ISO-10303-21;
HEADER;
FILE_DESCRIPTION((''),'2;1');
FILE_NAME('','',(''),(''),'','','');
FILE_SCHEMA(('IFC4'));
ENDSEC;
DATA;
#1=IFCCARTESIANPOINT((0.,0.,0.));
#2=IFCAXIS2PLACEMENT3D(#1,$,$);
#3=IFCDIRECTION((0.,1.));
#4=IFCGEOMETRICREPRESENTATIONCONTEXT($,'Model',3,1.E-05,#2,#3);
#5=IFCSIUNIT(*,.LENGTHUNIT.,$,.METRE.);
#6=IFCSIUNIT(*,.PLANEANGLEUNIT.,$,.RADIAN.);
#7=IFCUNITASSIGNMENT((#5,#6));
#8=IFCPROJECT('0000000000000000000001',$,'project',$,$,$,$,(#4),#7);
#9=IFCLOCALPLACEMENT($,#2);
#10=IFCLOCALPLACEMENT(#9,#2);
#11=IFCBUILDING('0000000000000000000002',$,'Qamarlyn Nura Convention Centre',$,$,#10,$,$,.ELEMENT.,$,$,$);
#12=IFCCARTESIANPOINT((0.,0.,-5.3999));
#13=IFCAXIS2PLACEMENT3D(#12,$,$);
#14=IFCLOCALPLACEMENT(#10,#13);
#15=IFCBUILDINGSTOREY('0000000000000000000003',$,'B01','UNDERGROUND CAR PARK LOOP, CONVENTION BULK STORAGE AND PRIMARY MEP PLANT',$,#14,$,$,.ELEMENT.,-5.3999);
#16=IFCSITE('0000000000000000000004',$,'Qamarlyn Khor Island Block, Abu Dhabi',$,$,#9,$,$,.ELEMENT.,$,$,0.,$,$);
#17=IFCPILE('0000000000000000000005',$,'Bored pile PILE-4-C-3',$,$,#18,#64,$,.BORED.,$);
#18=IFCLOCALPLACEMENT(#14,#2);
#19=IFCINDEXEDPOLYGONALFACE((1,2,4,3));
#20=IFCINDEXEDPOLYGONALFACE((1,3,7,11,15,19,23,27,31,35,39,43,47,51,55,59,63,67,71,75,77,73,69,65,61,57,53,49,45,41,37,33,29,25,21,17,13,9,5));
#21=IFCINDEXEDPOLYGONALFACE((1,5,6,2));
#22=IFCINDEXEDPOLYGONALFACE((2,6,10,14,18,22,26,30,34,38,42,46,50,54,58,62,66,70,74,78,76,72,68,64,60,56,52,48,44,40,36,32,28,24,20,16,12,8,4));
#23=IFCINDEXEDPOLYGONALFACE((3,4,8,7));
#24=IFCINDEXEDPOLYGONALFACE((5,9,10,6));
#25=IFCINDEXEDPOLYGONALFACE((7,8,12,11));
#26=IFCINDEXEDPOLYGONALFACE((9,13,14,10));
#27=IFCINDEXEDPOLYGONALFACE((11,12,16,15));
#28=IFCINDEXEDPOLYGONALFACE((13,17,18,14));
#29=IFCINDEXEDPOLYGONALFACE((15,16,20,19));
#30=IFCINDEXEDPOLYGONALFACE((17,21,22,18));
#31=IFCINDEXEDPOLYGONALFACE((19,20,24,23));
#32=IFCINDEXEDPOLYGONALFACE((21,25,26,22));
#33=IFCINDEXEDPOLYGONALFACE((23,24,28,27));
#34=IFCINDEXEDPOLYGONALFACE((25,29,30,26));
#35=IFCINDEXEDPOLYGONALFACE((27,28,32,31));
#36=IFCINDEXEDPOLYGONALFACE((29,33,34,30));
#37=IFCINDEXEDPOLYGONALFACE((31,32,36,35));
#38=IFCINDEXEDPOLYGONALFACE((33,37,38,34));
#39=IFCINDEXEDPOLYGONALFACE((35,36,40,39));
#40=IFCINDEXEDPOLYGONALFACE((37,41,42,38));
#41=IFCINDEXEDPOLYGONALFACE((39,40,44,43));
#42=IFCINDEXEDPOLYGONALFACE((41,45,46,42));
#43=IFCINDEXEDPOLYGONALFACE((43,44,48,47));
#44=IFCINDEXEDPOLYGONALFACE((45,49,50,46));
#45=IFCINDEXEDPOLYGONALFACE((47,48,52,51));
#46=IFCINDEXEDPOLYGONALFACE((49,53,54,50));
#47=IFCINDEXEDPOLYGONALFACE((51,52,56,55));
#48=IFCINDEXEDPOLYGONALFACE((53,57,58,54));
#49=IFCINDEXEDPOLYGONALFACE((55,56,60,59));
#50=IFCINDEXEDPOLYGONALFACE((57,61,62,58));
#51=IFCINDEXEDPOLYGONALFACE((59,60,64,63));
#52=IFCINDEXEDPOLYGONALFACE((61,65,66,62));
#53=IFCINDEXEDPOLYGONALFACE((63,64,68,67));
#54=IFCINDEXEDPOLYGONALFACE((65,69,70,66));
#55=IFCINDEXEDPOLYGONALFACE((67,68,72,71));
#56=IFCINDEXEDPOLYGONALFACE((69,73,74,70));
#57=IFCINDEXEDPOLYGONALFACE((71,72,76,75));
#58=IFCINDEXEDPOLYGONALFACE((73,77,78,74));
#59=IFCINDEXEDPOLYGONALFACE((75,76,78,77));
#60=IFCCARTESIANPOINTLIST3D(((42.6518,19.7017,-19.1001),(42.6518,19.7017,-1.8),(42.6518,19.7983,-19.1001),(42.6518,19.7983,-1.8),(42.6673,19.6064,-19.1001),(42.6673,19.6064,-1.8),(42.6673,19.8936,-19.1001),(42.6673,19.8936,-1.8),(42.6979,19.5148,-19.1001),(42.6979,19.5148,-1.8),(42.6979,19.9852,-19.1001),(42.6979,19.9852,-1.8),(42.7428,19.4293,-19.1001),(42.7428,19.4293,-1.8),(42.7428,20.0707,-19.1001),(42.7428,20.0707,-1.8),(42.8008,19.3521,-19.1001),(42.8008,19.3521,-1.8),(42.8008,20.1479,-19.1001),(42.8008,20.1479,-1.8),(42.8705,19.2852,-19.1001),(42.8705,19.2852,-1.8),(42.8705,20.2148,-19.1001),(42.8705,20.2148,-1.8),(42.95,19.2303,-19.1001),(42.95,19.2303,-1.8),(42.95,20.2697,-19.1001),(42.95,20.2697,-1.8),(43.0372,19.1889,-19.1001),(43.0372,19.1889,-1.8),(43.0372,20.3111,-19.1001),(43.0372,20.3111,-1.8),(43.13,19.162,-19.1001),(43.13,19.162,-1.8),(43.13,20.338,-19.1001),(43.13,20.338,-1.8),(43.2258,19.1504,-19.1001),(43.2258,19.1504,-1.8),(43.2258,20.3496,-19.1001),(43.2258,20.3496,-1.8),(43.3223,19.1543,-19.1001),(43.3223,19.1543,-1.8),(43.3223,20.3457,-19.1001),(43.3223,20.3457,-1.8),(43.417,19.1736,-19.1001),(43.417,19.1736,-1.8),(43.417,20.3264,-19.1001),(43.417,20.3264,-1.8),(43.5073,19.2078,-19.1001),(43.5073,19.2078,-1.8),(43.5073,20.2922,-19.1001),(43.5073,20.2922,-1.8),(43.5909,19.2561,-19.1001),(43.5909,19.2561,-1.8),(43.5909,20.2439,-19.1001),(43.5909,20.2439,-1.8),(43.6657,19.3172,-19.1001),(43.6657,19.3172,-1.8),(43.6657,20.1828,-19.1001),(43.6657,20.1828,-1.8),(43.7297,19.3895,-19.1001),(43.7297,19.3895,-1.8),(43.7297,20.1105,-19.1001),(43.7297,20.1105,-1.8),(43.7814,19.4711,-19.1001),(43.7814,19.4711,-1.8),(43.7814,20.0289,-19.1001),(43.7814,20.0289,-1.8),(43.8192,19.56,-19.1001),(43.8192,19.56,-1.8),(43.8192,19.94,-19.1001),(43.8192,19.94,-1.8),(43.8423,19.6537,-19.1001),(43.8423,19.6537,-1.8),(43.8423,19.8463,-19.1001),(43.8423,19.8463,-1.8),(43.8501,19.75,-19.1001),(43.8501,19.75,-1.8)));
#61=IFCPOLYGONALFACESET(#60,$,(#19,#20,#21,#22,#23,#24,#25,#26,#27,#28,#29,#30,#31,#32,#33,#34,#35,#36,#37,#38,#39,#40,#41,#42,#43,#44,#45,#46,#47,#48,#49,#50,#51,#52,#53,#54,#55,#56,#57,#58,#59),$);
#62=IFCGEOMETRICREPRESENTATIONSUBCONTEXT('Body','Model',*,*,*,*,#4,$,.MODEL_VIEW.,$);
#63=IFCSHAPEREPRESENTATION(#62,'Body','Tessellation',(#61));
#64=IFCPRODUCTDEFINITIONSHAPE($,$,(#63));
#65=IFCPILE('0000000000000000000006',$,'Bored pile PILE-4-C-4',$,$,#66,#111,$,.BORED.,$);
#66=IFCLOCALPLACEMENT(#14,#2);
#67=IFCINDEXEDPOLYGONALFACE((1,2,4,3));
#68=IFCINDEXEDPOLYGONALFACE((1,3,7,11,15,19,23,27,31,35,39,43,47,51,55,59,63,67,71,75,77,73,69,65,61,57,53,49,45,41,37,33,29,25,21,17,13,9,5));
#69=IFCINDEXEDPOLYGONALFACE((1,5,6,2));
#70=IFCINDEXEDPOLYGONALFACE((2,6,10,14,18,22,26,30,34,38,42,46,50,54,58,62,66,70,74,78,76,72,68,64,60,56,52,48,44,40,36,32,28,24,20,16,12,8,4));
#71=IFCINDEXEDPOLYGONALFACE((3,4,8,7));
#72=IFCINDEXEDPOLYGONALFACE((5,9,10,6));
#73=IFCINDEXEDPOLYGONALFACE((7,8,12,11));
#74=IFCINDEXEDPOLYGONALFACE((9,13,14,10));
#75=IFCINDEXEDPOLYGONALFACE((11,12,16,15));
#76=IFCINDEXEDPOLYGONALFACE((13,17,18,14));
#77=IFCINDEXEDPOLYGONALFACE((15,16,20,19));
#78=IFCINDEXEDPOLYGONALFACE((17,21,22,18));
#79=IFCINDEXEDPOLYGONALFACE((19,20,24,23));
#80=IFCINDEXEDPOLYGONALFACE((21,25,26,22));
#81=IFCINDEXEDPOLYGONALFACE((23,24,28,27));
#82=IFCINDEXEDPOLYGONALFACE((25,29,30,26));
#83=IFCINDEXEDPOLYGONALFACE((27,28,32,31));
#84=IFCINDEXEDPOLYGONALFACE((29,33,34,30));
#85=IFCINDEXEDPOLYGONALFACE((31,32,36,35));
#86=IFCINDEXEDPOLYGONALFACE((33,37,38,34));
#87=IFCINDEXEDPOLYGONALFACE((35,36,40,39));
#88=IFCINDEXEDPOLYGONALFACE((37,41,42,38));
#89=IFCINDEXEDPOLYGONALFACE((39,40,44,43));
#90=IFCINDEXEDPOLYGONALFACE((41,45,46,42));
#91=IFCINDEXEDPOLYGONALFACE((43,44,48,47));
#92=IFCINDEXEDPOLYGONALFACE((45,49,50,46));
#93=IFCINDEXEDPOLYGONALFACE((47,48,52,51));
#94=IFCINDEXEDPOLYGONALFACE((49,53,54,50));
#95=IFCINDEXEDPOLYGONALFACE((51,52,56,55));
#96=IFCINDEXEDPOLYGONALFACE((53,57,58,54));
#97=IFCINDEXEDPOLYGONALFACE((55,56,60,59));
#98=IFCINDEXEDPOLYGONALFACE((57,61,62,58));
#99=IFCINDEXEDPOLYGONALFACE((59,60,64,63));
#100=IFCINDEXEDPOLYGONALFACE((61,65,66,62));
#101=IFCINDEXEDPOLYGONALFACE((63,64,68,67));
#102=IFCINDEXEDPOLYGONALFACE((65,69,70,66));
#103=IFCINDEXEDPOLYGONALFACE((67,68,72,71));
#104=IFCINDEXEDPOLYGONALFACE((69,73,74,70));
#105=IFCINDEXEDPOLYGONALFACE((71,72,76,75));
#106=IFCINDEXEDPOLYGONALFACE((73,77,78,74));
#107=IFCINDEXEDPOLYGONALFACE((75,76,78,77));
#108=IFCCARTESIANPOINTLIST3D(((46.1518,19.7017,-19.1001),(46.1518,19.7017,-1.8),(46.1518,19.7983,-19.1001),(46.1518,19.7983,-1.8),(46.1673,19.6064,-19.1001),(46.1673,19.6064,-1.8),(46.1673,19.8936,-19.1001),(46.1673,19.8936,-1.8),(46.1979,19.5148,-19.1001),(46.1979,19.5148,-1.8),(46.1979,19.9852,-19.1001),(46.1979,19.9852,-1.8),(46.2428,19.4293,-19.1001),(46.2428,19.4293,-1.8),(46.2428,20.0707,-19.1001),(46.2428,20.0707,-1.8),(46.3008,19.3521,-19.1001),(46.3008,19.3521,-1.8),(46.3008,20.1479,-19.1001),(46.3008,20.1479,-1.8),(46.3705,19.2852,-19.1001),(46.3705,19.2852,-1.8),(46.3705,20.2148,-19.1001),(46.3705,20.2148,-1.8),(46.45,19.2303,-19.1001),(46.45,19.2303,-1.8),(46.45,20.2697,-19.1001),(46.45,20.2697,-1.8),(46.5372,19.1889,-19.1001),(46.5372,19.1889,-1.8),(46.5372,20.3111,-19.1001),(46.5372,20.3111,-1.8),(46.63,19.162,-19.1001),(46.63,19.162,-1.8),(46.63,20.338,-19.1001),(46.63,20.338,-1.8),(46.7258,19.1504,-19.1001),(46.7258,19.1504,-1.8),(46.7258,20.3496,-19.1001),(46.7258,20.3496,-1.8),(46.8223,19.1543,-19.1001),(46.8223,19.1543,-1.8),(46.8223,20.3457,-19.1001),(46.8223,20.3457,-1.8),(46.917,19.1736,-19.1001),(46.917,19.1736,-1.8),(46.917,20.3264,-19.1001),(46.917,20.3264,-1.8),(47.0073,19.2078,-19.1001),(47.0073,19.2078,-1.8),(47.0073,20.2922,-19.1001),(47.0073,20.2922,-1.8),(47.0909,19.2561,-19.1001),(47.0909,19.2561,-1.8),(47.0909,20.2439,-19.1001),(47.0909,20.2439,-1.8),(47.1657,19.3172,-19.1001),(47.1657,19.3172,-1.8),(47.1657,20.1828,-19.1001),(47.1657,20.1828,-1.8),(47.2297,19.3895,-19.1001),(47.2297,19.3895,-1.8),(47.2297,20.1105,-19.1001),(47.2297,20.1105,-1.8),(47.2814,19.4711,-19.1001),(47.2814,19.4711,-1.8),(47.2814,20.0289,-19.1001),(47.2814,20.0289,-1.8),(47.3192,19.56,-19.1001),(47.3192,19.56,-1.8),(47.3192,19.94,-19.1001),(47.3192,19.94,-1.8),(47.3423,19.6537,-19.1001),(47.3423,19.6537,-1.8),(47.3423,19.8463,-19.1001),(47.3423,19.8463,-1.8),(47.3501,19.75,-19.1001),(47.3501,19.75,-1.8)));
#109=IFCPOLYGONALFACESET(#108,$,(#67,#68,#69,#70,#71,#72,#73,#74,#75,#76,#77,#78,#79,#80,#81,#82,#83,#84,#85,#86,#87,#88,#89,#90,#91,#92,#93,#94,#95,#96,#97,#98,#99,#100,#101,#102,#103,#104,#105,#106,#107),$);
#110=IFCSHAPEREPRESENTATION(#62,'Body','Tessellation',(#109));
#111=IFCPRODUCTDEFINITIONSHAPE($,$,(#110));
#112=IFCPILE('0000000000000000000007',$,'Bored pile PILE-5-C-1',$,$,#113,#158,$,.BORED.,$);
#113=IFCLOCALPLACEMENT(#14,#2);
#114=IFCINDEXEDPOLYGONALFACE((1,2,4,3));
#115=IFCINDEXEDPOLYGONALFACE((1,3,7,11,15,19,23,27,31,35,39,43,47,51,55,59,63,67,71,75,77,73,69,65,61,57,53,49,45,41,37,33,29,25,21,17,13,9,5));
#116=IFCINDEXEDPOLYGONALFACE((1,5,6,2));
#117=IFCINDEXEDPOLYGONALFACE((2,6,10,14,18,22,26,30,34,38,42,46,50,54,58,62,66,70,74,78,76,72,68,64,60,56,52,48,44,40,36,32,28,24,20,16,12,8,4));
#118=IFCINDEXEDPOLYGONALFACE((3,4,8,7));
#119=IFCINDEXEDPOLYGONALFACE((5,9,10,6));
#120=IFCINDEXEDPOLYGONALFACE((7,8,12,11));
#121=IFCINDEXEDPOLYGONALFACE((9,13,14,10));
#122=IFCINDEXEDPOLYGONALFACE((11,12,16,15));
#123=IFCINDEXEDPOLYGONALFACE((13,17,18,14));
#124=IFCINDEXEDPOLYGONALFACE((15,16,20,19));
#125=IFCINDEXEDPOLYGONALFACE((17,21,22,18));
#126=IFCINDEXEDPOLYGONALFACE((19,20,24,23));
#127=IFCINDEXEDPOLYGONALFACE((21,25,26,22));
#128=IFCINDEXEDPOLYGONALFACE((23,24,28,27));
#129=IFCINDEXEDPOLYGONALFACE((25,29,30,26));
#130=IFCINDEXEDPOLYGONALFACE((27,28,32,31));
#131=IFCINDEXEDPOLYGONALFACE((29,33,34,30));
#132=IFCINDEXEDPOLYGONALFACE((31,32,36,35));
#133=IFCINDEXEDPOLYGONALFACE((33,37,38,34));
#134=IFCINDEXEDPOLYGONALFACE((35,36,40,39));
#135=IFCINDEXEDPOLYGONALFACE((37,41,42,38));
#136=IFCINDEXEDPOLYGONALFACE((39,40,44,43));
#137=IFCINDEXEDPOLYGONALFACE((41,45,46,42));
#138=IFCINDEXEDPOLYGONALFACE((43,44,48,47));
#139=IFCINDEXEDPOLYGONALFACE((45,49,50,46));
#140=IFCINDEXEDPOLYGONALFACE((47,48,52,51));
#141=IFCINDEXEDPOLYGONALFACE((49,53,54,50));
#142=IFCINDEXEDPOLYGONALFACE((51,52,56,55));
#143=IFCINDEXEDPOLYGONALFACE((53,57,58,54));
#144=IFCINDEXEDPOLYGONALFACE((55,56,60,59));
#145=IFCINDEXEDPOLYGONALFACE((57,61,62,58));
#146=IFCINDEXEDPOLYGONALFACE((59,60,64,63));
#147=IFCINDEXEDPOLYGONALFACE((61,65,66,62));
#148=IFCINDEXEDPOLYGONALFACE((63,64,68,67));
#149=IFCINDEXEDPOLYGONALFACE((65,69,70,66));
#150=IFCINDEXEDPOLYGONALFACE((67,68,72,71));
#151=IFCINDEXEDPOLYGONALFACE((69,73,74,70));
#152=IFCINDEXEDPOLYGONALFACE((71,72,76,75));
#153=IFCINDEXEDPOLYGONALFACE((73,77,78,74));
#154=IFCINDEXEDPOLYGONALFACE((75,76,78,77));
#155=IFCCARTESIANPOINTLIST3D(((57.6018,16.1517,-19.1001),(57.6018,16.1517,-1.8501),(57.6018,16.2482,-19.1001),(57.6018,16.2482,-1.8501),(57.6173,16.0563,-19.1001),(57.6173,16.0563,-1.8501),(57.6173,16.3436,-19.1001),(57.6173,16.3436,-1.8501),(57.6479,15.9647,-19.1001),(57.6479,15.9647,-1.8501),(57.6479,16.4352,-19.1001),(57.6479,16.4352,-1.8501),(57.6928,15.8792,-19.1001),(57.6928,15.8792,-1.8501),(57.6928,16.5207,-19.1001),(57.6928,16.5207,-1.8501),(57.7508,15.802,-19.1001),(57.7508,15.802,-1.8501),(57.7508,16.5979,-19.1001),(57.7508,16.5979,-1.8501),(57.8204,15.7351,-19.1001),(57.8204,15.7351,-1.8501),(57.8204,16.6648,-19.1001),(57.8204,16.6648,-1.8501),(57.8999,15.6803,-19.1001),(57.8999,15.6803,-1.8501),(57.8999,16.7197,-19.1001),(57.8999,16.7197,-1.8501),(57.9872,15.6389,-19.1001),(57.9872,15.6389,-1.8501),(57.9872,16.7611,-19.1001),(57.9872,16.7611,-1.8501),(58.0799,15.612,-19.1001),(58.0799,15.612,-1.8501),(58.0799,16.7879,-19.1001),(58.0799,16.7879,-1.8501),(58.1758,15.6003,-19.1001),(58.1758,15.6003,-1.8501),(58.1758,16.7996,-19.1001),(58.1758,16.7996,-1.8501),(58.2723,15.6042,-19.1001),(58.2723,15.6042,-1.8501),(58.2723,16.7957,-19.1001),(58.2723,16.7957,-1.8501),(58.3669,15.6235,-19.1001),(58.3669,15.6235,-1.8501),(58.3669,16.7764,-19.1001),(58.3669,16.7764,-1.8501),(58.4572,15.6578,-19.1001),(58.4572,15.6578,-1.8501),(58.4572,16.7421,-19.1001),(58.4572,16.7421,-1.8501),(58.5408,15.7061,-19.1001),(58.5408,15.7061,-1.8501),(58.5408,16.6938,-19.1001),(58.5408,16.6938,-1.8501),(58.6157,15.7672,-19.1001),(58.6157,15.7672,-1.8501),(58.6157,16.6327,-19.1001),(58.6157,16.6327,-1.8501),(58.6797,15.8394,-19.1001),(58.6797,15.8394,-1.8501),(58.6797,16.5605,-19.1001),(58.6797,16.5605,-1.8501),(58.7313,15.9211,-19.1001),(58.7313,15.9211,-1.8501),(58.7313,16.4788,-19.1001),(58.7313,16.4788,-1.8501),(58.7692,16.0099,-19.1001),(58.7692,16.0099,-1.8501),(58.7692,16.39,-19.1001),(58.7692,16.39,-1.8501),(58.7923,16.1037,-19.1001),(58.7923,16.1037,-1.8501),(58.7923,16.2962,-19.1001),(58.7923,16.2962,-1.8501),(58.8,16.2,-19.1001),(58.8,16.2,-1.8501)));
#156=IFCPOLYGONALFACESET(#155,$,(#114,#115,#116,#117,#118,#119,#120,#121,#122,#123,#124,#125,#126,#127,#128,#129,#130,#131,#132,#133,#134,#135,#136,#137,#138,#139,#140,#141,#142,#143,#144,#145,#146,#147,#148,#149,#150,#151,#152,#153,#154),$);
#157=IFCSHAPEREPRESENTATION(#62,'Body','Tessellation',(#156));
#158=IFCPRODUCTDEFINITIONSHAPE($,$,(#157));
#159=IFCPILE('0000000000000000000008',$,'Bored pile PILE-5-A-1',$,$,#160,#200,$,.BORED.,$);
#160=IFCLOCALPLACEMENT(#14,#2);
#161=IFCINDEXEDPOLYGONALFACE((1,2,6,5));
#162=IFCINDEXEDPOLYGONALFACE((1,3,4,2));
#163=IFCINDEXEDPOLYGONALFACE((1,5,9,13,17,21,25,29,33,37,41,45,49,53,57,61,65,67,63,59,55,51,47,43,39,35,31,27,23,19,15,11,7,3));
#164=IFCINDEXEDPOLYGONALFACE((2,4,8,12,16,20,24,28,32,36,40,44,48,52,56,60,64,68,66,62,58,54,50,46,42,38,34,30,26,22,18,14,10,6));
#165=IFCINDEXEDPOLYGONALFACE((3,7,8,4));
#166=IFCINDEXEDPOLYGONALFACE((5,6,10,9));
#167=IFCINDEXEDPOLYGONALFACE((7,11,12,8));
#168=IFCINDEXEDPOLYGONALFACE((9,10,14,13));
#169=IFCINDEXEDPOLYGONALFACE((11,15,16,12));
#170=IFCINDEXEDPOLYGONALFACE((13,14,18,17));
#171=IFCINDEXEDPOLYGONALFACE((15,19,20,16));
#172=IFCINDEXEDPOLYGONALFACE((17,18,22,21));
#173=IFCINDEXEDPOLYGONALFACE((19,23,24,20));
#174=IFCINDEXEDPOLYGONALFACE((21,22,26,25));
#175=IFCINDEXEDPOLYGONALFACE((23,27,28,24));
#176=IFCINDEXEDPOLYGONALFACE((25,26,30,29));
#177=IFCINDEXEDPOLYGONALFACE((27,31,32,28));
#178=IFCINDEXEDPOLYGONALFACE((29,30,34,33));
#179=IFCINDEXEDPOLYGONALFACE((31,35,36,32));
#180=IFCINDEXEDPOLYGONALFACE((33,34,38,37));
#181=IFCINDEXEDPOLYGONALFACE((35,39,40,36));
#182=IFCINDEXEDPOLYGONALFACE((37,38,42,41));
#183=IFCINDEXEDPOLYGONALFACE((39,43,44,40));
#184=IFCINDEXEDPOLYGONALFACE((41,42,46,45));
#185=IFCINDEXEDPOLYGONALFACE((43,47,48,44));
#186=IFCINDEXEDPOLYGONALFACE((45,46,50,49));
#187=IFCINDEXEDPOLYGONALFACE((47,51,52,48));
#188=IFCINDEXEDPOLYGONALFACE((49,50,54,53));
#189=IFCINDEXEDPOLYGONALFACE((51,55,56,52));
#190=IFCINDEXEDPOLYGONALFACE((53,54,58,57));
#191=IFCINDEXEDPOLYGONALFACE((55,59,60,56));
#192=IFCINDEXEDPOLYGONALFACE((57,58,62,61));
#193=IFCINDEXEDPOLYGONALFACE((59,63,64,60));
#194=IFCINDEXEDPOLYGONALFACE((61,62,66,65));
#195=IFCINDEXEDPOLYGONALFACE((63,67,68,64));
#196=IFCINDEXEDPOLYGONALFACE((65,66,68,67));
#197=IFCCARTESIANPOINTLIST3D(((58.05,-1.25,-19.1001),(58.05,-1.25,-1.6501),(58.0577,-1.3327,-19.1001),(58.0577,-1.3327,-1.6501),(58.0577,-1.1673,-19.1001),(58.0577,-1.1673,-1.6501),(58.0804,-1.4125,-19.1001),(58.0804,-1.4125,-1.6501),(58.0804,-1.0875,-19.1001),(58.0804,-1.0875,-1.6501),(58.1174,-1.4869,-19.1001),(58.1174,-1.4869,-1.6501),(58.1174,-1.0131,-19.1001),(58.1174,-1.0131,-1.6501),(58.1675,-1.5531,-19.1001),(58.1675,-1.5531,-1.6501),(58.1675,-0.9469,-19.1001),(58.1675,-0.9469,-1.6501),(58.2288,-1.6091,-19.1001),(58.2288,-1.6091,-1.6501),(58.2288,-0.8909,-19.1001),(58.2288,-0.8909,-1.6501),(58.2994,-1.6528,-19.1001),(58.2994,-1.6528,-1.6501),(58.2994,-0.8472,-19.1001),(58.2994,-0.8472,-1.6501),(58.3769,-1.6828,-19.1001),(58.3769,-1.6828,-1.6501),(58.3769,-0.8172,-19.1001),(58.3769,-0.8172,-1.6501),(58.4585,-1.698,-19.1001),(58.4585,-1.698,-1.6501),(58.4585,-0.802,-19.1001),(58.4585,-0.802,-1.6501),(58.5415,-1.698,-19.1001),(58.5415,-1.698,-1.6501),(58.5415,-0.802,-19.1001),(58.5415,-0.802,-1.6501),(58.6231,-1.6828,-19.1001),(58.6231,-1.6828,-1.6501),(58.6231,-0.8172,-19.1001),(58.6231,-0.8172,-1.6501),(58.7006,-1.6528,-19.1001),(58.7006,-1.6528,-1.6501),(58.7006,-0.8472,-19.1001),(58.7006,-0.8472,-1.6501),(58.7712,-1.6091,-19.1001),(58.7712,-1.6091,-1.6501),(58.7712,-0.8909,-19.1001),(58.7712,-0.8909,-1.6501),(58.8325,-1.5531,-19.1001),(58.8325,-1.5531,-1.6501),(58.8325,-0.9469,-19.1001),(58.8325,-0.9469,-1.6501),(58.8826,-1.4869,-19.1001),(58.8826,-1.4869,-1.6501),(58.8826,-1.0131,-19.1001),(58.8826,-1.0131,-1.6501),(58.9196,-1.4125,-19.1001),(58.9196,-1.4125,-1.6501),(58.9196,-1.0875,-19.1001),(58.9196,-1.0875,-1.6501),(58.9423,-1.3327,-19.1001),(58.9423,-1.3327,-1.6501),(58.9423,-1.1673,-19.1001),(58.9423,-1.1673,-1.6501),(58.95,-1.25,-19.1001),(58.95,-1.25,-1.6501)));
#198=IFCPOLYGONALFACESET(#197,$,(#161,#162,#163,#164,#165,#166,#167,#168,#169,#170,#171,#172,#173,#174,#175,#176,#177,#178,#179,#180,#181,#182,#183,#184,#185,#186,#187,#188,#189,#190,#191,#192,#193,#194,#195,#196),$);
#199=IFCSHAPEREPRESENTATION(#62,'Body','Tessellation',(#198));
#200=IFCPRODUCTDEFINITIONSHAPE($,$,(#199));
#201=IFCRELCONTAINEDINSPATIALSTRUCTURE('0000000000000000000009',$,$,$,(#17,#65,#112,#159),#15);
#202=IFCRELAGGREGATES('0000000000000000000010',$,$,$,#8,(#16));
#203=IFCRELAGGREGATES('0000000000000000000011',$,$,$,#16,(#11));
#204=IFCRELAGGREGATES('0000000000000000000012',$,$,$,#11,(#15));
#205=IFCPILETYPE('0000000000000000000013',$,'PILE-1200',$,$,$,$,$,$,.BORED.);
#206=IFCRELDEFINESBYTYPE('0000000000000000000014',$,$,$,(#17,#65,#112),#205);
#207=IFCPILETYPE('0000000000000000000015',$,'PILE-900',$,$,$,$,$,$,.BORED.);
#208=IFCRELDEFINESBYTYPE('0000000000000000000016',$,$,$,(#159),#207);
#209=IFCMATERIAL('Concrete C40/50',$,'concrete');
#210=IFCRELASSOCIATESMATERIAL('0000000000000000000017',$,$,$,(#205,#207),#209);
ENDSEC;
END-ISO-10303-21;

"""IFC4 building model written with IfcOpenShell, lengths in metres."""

from ifc_helpers import new_model, si_unit, direction, frame, origin, origin_2d, place, context, subcontext, project, spatial, circle, extrude, material, material_profile, profile_set, type_object, element, save


model = new_model("IFC4")

# Units and contexts
model_context = context("Model", 3, precision=1e-05, world=origin(), true_north=direction((0.0, 1.0)))
body_context = subcontext(model_context, "Body", "Model", "MODEL_VIEW")
ifc_project = project(units=[si_unit("LENGTHUNIT", "METRE"), si_unit("PLANEANGLEUNIT", "RADIAN")], contexts=[model_context])

# Site, building, storey
site_placement = place(None, origin())
site = spatial("IfcSite", under=ifc_project, at=site_placement, Name="Qamarlyn Khor Island Block, Abu Dhabi", CompositionType="ELEMENT", RefElevation=0.0)
building_placement = place(site_placement, origin())
building = spatial("IfcBuilding", under=site, at=building_placement, Name="Qamarlyn Nura Convention Centre", CompositionType="ELEMENT")
storey_placement = place(building_placement, frame((0.0, 0.0, -5.3999)))
storey = spatial("IfcBuildingStorey", under=building, at=storey_placement, Name="B01", Description="UNDERGROUND CAR PARK LOOP, CONVENTION BULK STORAGE AND PRIMARY MEP PLANT", CompositionType="ELEMENT", Elevation=-5.3999)

# Shared definitions
ifc_material_1 = material(Name="Concrete C40/50", Category="concrete")

# Piles
ifc_material_profile_1 = material_profile(ifc_material_1, circle(Radius=0.6001, at=origin_2d()), Name="BORED PILE 1200")
ifc_profile_set_1 = profile_set([ifc_material_profile_1], Name="Concrete C40/50")
pile_type_1 = type_object("IfcPileType", Name="PILE-1200", PredefinedType="BORED", material=ifc_profile_set_1)
for number, where, z_axis, x_axis, name in (
    (1, (43.25, 19.75, -1.8), (0.0, 0.0, -1.0), (1.0, 0.0, 0.0), "Bored pile PILE-4-C-3"),
    (2, (46.75, 19.75, -1.8), (0.0, 0.0, -1.0), (1.0, 0.0, 0.0), "Bored pile PILE-4-C-4"),
):
    element("IfcPile", number, at=place(storey_placement, frame(where, z_axis=z_axis, x_axis=x_axis)), inside=storey, type_object=pile_type_1, Name=name, PredefinedType="BORED", context=body_context, shape_type="SweptSolid", body=[
        extrude(circle(Radius=0.6001, at=origin_2d()), origin(), (0.0, 0.0, 1.0), 17.3),
    ])
pile_placement = place(storey_placement, frame((58.2, 16.2, -1.8501), z_axis=(0.0, 0.0, -1.0), x_axis=(1.0, 0.0, 0.0)))
element("IfcPile", 3, at=pile_placement, inside=storey, type_object=pile_type_1, Name="Bored pile PILE-5-C-1", PredefinedType="BORED", context=body_context, shape_type="SweptSolid", body=[
    extrude(circle(Radius=0.6001, at=origin_2d()), origin(), (0.0, 0.0, 1.0), 17.25),
])
ifc_material_profile_2 = material_profile(ifc_material_1, circle(Radius=0.45, at=origin_2d()), Name="BORED PILE 900")
ifc_profile_set_2 = profile_set([ifc_material_profile_2], Name="Concrete C40/50")
pile_type_2 = type_object("IfcPileType", Name="PILE-900", PredefinedType="BORED", material=ifc_profile_set_2)
for number, where, z_axis, x_axis, name in (
    (4, (58.5, -1.25, -1.6501), (0.0, 0.0, -1.0), (1.0, 0.0, 0.0), "Bored pile PILE-5-A-1"),
):
    element("IfcPile", number, at=place(storey_placement, frame(where, z_axis=z_axis, x_axis=x_axis)), inside=storey, type_object=pile_type_2, Name=name, PredefinedType="BORED", context=body_context, shape_type="SweptSolid", body=[
        extrude(circle(Radius=0.45, at=origin_2d()), origin(), (0.0, 0.0, 1.0), 17.45),
    ])

save(model, "model.ifc")
